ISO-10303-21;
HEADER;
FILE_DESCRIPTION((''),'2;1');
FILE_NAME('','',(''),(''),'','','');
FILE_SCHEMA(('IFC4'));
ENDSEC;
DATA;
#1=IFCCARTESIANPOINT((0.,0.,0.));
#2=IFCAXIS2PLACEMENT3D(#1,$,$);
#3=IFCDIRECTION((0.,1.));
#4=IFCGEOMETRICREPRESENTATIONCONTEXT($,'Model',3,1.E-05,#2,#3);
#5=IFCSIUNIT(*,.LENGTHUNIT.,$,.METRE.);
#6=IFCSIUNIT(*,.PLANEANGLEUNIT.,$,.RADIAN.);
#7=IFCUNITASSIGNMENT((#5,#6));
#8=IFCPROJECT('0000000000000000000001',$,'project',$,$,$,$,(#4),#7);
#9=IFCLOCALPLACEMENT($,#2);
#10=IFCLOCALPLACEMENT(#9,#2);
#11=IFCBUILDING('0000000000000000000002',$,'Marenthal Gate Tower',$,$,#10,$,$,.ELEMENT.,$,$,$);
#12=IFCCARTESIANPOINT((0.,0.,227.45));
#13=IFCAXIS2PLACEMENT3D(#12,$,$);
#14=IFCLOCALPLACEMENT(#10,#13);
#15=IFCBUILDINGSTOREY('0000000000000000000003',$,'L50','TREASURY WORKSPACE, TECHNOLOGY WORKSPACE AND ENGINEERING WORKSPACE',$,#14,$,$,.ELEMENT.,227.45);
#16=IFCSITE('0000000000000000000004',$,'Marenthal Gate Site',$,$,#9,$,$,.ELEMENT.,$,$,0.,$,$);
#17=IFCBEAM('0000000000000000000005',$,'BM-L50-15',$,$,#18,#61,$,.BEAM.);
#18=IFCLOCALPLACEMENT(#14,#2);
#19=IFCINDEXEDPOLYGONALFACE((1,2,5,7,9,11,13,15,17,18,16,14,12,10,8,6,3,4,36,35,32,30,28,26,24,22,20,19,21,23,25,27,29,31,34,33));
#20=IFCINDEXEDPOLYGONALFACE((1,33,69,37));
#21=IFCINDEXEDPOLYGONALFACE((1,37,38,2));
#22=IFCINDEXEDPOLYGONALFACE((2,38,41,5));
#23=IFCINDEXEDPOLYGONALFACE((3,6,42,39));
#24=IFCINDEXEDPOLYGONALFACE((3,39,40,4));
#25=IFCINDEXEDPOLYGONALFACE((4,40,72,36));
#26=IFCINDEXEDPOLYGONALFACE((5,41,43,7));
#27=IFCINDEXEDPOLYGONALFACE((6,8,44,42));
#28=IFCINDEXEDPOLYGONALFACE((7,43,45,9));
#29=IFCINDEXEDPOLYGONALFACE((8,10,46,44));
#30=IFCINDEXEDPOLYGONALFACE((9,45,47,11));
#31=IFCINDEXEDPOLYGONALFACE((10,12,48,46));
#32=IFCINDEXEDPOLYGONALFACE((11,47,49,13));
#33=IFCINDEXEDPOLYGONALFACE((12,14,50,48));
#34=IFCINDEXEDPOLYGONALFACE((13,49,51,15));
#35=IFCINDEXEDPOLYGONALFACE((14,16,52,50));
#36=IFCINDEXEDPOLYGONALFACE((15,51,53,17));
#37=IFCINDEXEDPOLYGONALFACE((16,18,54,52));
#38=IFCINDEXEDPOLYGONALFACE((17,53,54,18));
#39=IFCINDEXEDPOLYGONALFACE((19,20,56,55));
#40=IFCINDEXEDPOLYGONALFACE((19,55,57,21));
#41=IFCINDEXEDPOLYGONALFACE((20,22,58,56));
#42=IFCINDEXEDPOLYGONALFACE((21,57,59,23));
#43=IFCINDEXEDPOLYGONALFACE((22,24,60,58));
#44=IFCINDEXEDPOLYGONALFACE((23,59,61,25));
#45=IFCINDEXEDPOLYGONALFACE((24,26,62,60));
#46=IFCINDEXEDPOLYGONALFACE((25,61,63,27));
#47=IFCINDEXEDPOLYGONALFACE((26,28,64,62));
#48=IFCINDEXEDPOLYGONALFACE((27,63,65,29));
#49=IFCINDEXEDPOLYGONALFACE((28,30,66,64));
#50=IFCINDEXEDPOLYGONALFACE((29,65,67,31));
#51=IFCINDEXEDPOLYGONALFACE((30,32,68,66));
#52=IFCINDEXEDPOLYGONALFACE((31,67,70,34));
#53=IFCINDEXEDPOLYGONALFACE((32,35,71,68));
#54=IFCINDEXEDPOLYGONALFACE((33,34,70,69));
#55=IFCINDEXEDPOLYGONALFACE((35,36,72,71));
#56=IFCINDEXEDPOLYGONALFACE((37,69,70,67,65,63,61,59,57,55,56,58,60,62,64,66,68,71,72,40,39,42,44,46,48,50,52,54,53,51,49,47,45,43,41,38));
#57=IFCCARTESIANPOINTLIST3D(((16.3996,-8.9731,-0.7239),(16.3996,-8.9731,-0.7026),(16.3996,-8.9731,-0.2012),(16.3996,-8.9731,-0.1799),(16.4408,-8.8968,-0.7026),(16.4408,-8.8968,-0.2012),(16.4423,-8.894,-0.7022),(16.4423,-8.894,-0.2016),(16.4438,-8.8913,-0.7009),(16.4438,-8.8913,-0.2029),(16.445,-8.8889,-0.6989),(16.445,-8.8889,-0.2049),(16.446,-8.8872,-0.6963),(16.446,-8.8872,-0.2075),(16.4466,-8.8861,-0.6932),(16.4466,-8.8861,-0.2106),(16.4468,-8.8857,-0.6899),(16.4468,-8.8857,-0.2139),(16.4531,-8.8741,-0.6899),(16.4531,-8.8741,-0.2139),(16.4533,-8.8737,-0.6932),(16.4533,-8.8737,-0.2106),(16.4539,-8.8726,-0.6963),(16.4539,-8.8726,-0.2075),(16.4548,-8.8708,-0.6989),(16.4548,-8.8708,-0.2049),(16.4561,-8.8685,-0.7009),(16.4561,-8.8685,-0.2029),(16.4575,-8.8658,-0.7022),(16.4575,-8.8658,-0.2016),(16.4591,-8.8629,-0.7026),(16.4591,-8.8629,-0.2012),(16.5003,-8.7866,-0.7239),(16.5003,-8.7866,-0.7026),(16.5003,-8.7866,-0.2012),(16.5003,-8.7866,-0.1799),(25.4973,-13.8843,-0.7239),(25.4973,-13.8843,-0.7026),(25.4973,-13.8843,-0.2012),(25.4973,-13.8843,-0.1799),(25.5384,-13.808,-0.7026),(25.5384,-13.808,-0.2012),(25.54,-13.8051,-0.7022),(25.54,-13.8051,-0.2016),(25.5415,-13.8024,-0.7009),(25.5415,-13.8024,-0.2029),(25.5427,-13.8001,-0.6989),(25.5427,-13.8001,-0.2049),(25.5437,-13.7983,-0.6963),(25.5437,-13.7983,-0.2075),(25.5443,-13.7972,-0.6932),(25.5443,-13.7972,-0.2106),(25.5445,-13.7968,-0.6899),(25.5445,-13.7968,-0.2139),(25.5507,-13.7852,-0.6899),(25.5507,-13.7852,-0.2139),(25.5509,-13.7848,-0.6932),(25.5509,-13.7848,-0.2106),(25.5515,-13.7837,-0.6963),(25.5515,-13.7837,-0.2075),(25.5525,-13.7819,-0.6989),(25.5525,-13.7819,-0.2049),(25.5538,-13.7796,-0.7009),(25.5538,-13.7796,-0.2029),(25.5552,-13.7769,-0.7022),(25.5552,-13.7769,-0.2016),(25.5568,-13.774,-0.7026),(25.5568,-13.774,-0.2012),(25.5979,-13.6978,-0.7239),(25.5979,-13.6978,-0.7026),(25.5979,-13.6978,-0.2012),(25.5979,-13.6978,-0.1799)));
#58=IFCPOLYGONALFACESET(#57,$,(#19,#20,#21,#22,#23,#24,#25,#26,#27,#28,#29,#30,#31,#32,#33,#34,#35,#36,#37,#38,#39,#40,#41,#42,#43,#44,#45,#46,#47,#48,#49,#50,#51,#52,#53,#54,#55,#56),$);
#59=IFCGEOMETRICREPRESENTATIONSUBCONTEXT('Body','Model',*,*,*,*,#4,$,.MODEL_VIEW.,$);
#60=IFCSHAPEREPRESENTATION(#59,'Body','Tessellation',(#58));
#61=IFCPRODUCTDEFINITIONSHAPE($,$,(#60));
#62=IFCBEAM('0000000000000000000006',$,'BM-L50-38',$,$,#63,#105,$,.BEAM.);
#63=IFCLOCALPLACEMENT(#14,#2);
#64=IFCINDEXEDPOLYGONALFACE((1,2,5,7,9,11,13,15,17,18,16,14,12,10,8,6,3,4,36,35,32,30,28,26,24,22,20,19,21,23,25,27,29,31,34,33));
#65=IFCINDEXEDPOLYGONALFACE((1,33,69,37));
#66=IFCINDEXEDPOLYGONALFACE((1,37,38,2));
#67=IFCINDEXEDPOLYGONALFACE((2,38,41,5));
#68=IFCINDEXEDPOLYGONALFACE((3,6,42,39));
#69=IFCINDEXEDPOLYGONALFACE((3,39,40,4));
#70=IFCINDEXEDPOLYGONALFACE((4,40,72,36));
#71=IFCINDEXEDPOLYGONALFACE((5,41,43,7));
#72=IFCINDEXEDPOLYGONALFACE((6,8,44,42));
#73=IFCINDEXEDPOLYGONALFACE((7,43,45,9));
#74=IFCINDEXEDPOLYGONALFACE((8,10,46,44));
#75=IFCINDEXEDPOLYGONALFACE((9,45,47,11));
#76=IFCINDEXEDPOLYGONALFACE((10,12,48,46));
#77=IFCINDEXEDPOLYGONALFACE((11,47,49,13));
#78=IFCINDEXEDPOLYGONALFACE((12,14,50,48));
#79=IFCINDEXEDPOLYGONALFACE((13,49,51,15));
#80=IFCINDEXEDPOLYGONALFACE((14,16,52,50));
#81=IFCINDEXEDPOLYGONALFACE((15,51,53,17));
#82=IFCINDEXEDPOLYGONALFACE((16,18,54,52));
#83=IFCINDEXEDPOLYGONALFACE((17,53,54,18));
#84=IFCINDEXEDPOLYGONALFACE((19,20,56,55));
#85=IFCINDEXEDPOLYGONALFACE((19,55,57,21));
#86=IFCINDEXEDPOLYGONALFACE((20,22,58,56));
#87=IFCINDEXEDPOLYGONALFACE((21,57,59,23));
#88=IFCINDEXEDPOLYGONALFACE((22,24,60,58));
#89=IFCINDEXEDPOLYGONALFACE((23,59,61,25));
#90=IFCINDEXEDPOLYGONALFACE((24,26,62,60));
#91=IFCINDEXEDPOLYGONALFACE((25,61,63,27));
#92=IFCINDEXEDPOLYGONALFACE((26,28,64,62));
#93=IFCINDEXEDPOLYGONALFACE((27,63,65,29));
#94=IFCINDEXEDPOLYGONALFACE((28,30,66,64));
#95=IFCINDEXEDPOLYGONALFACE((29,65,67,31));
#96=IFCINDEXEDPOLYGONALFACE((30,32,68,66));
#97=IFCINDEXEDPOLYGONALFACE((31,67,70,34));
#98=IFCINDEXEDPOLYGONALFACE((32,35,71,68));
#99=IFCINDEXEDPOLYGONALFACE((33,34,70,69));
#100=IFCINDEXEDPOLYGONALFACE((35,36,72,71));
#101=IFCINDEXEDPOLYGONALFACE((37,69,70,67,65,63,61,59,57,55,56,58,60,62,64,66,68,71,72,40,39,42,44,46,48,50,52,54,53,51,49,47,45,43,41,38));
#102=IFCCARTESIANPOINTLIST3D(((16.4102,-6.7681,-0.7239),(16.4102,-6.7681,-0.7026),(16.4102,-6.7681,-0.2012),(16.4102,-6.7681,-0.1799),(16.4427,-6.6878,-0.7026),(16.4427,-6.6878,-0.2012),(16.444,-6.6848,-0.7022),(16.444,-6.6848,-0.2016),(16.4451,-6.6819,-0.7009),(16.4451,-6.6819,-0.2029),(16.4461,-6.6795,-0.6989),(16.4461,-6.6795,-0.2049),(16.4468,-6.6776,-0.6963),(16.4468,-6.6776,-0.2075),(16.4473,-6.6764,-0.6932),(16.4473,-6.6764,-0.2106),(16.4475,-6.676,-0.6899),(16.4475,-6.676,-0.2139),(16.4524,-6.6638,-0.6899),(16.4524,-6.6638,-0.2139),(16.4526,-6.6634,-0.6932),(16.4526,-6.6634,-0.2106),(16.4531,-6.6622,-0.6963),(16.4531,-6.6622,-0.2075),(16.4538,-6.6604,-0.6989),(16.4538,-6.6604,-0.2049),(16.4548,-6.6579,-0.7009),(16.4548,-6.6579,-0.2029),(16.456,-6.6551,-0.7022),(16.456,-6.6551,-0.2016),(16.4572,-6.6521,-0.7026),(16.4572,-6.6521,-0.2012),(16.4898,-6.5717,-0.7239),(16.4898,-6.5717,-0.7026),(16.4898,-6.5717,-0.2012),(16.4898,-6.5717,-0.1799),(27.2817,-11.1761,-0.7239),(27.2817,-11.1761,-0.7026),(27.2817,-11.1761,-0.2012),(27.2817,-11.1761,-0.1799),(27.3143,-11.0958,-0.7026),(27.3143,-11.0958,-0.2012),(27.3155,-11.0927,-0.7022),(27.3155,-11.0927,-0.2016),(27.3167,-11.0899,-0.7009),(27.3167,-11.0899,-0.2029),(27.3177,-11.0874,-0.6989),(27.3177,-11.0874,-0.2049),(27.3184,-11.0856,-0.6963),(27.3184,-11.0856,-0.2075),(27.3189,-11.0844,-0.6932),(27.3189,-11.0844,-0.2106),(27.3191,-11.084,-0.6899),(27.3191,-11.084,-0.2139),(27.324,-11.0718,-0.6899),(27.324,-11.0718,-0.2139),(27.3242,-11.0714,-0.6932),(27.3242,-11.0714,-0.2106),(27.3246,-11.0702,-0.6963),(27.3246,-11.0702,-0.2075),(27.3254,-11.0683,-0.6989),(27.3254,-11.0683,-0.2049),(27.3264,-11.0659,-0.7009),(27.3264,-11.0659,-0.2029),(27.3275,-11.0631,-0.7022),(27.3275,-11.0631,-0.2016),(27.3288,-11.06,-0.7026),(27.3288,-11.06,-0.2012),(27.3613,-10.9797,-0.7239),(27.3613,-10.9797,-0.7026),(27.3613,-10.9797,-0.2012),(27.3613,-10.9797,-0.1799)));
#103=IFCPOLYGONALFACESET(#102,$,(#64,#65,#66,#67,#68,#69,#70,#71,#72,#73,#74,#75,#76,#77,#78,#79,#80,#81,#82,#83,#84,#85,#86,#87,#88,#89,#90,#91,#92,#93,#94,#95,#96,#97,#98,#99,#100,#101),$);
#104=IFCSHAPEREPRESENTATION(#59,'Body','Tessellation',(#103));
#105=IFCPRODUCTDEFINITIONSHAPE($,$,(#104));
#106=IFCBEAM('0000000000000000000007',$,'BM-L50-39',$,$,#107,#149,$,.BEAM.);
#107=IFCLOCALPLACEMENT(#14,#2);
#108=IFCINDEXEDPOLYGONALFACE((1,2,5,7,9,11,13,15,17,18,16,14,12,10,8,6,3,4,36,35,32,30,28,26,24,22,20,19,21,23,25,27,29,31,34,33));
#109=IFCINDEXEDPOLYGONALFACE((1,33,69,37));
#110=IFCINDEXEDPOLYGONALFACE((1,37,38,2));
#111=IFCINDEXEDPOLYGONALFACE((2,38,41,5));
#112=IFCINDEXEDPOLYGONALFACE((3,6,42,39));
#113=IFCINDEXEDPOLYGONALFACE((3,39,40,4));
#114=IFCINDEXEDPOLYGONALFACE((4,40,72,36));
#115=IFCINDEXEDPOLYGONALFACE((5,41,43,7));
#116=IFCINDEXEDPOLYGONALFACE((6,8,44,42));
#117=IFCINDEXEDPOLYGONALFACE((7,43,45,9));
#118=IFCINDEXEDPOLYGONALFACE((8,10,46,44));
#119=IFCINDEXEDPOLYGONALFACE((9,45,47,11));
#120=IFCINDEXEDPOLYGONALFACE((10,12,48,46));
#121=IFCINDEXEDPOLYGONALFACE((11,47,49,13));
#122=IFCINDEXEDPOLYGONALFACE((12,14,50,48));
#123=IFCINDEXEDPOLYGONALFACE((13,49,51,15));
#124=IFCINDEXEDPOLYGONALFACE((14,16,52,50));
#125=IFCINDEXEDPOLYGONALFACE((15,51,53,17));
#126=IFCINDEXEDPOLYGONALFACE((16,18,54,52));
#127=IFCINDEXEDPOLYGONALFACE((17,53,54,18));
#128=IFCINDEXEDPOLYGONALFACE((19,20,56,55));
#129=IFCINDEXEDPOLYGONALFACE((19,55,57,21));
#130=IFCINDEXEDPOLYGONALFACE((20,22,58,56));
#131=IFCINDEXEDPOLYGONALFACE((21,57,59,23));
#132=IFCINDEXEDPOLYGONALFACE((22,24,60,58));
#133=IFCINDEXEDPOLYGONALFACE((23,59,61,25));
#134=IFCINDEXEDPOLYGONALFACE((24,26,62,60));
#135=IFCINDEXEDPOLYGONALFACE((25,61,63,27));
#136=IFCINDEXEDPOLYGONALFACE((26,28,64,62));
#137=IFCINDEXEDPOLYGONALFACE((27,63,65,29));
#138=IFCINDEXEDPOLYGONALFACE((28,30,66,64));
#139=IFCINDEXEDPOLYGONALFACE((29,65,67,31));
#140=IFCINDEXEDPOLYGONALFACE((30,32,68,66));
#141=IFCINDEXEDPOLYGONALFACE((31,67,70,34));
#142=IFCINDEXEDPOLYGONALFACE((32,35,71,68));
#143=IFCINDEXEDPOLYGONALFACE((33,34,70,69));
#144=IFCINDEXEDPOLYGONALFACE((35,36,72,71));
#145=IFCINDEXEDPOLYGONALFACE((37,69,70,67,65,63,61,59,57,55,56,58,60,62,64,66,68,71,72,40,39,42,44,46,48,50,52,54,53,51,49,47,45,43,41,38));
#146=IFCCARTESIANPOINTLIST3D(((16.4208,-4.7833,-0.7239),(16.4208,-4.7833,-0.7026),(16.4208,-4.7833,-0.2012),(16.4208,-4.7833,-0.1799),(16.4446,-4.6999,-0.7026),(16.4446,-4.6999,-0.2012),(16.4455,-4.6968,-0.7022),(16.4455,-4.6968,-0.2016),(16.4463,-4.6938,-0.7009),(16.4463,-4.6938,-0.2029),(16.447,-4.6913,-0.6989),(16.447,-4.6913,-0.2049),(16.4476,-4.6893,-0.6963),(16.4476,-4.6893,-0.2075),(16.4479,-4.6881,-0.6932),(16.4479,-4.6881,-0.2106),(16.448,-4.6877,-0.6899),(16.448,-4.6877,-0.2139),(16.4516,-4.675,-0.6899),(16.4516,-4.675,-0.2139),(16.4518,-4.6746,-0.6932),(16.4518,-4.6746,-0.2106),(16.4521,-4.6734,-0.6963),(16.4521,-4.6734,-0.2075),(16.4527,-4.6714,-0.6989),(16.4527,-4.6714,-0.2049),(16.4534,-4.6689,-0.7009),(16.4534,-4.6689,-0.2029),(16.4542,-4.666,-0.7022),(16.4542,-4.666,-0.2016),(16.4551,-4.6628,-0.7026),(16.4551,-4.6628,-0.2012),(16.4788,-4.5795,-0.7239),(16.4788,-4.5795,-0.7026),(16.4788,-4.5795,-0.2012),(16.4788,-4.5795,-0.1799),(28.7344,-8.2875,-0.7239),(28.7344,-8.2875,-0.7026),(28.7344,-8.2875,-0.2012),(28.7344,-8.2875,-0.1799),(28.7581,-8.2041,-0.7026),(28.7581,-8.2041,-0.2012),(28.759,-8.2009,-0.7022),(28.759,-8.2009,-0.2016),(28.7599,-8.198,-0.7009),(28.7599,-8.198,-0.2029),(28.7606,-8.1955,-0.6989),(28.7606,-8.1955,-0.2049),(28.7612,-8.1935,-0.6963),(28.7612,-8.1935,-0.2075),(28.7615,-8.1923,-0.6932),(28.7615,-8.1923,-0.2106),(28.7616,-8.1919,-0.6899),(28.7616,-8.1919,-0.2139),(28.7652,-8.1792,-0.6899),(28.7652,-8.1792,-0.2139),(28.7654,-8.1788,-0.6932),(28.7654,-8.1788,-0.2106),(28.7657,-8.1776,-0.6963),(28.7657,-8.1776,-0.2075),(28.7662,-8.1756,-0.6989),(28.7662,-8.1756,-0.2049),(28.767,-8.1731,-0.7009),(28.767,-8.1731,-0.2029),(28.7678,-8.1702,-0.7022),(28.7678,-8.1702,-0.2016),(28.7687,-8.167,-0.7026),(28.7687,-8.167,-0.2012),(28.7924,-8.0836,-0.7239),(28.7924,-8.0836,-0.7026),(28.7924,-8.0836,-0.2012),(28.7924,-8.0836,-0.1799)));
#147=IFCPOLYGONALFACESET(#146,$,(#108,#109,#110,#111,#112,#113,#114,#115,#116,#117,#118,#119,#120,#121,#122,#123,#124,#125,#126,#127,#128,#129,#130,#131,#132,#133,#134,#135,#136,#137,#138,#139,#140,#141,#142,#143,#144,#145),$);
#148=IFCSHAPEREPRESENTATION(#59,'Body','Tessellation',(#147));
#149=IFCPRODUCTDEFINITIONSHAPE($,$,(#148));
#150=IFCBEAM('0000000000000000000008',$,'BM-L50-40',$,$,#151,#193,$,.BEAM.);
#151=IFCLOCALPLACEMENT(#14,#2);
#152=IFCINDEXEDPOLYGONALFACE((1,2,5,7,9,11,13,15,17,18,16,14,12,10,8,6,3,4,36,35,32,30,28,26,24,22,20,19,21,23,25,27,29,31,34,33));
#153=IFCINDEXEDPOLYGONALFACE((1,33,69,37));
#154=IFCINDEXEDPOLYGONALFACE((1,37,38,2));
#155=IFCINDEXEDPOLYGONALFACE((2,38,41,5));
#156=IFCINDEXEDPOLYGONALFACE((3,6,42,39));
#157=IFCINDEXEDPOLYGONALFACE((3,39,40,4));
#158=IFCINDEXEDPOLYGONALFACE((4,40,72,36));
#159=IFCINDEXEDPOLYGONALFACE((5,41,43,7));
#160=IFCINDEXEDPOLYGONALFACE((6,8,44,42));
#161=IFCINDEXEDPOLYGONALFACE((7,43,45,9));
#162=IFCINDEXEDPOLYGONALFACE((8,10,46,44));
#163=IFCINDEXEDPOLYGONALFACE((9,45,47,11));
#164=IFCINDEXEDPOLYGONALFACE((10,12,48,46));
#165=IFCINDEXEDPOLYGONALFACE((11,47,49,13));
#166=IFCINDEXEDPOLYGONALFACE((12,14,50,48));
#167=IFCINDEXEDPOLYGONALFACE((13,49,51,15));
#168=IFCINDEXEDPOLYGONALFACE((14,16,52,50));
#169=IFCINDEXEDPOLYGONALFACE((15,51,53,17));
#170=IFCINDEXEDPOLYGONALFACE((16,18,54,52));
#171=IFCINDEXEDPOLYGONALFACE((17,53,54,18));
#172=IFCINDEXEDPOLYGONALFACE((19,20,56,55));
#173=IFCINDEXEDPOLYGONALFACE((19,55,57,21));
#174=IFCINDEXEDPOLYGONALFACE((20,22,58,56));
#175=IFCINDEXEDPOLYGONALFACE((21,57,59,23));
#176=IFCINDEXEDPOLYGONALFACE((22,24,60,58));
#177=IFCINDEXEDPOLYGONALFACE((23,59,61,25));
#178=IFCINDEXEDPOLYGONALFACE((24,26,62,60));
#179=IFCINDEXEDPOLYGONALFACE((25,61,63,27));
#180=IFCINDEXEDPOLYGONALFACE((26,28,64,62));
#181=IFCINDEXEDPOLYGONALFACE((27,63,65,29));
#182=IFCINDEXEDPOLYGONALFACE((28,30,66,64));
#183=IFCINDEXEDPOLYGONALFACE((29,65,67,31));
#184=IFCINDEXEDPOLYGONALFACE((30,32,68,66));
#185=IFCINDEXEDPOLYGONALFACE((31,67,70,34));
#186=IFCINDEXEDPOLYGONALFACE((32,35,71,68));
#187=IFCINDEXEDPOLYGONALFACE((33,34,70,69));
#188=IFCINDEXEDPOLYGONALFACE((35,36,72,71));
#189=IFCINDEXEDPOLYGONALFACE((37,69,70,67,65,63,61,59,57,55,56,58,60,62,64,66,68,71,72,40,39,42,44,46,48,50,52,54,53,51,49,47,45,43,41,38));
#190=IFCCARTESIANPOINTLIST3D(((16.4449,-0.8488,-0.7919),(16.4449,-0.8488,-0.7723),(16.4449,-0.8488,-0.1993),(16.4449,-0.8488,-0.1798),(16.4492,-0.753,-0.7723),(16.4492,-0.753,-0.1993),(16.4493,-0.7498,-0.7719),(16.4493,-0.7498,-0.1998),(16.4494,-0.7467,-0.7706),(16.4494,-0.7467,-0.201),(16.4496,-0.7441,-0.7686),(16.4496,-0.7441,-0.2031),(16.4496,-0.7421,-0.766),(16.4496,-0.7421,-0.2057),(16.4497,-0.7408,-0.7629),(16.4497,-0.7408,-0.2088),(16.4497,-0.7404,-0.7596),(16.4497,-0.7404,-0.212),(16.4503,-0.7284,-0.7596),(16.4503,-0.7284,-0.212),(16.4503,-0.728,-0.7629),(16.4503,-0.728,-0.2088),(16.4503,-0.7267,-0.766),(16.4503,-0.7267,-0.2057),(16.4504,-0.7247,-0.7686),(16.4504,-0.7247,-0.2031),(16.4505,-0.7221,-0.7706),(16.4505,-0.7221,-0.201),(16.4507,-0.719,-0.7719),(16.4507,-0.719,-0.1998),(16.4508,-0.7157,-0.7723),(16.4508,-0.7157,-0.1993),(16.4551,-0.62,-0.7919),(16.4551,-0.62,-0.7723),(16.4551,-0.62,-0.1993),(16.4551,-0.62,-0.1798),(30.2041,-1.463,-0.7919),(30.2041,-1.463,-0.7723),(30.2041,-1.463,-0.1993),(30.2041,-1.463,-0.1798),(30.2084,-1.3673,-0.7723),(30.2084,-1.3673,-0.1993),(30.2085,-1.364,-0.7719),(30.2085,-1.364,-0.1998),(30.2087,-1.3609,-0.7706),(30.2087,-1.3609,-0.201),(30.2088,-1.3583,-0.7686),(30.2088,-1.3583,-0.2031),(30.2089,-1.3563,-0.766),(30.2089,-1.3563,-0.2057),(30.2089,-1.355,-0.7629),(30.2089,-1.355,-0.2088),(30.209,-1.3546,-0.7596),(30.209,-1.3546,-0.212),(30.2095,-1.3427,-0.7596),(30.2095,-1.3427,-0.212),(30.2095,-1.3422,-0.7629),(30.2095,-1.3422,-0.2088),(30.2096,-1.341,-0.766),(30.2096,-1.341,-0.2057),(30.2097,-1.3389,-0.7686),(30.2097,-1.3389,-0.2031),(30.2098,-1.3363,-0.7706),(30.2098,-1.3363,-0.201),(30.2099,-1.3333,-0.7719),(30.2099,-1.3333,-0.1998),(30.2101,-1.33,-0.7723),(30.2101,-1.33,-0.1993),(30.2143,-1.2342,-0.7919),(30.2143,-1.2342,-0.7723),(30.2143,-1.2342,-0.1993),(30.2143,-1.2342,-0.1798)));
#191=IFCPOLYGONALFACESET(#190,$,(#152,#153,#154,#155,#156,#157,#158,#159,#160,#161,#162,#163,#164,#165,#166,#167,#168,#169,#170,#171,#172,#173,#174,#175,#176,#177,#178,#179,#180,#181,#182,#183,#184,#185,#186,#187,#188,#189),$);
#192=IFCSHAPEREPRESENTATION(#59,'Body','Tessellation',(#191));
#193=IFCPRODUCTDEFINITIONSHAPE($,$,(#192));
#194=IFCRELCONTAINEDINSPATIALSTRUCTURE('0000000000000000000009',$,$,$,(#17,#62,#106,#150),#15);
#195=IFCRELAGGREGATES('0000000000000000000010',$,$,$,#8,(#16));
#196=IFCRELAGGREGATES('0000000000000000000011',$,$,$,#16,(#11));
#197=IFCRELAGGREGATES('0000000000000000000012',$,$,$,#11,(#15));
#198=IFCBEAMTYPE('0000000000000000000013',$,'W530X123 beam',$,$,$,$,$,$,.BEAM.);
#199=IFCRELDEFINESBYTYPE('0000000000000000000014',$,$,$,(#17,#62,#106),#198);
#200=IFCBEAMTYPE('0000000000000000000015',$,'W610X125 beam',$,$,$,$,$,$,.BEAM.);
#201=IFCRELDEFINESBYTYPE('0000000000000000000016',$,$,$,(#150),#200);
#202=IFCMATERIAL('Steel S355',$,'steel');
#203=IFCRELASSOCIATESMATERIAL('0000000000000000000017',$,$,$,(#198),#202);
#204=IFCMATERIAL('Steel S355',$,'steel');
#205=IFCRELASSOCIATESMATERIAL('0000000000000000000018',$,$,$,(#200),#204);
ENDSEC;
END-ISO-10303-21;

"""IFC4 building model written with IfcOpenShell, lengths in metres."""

from ifc_helpers import new_model, si_unit, direction, frame, origin, origin_2d, place, context, subcontext, project, spatial, i_section, extrude, material, material_profile, profile_set, type_object, element, save


model = new_model("IFC4")

# Units and contexts
model_context = context("Model", 3, precision=1e-05, world=origin(), true_north=direction((0.0, 1.0)))
body_context = subcontext(model_context, "Body", "Model", "MODEL_VIEW")
ifc_project = project(units=[si_unit("LENGTHUNIT", "METRE"), si_unit("PLANEANGLEUNIT", "RADIAN")], contexts=[model_context])

# Site, building, storey
site_placement = place(None, origin())
site = spatial("IfcSite", under=ifc_project, at=site_placement, Name="Marenthal Gate Site", CompositionType="ELEMENT", RefElevation=0.0)
building_placement = place(site_placement, origin())
building = spatial("IfcBuilding", under=site, at=building_placement, Name="Marenthal Gate Tower", CompositionType="ELEMENT")
storey_placement = place(building_placement, frame((0.0, 0.0, 227.45)))
storey = spatial("IfcBuildingStorey", under=building, at=storey_placement, Name="L50", Description="TREASURY WORKSPACE, TECHNOLOGY WORKSPACE AND ENGINEERING WORKSPACE", CompositionType="ELEMENT", Elevation=227.45)

# Beams
ifc_material_1 = material(Name="Steel S355", Category="steel")
ifc_material_profile_1 = material_profile(ifc_material_1, i_section(OverallWidth=0.2119, OverallDepth=0.5439, WebThickness=0.0132, FlangeThickness=0.0212, FilletRadius=0.0127, at=origin_2d()), Name="W530X123")
ifc_profile_set_1 = profile_set([ifc_material_profile_1], Name="Steel S355")
beam_type_1 = type_object("IfcBeamType", Name="W530X123 beam", PredefinedType="BEAM", material=ifc_profile_set_1)
beam_1_placement = place(storey_placement, frame((25.5476, -13.791, -0.4519), z_axis=(-0.87997, 0.475029, 0.0), x_axis=(-0.475029, -0.87997, 0.0)))
element("IfcBeam", 1, at=beam_1_placement, inside=storey, type_object=beam_type_1, Name="BM-L50-15", PredefinedType="BEAM", context=body_context, shape_type="SweptSolid", body=[
    extrude(i_section(OverallWidth=0.2119, OverallDepth=0.5439, WebThickness=0.0132, FlangeThickness=0.0212, FilletRadius=0.0127, at=origin_2d()), origin(), (0.0, 0.0, 1.0), 10.3386),
])
beam_2_placement = place(storey_placement, frame((27.3215, -11.0779, -0.4519), z_axis=(-0.926723, 0.375746, 0.0), x_axis=(-0.375746, -0.926723, 0.0)))
element("IfcBeam", 2, at=beam_2_placement, inside=storey, type_object=beam_type_1, Name="BM-L50-38", PredefinedType="BEAM", context=body_context, shape_type="SweptSolid", body=[
    extrude(i_section(OverallWidth=0.2119, OverallDepth=0.5439, WebThickness=0.0132, FlangeThickness=0.0212, FilletRadius=0.0127, at=origin_2d()), origin(), (0.0, 0.0, 1.0), 11.7312),
])
beam_3_placement = place(storey_placement, frame((28.7634, -8.1855, -0.4519), z_axis=(-0.961812, 0.273711, 0.0), x_axis=(-0.273711, -0.961812, 0.0)))
element("IfcBeam", 3, at=beam_3_placement, inside=storey, type_object=beam_type_1, Name="BM-L50-39", PredefinedType="BEAM", context=body_context, shape_type="SweptSolid", body=[
    extrude(i_section(OverallWidth=0.2119, OverallDepth=0.5439, WebThickness=0.0132, FlangeThickness=0.0212, FilletRadius=0.0127, at=origin_2d()), origin(), (0.0, 0.0, 1.0), 12.8025),
])
ifc_material_2 = material(Name="Steel S355", Category="steel")
ifc_material_profile_2 = material_profile(ifc_material_2, i_section(OverallWidth=0.229, OverallDepth=0.6121, WebThickness=0.012, FlangeThickness=0.0195, FilletRadius=0.0127, at=origin_2d()), Name="W610X125")
ifc_profile_set_2 = profile_set([ifc_material_profile_2], Name="Steel S355")
beam_type_2 = type_object("IfcBeamType", Name="W610X125 beam", PredefinedType="BEAM", material=ifc_profile_set_2)
beam_4_placement = place(storey_placement, frame((30.2092, -1.3486, -0.4858), z_axis=(-0.999005, 0.044599, 0.0), x_axis=(-0.044599, -0.999005, 0.0)))
element("IfcBeam", 4, at=beam_4_placement, inside=storey, type_object=beam_type_2, Name="BM-L50-40", PredefinedType="BEAM", context=body_context, shape_type="SweptSolid", body=[
    extrude(i_section(OverallWidth=0.229, OverallDepth=0.6121, WebThickness=0.012, FlangeThickness=0.0195, FilletRadius=0.0127, at=origin_2d()), origin(), (0.0, 0.0, 1.0), 13.7729),
])

save(model, "model.ifc")
